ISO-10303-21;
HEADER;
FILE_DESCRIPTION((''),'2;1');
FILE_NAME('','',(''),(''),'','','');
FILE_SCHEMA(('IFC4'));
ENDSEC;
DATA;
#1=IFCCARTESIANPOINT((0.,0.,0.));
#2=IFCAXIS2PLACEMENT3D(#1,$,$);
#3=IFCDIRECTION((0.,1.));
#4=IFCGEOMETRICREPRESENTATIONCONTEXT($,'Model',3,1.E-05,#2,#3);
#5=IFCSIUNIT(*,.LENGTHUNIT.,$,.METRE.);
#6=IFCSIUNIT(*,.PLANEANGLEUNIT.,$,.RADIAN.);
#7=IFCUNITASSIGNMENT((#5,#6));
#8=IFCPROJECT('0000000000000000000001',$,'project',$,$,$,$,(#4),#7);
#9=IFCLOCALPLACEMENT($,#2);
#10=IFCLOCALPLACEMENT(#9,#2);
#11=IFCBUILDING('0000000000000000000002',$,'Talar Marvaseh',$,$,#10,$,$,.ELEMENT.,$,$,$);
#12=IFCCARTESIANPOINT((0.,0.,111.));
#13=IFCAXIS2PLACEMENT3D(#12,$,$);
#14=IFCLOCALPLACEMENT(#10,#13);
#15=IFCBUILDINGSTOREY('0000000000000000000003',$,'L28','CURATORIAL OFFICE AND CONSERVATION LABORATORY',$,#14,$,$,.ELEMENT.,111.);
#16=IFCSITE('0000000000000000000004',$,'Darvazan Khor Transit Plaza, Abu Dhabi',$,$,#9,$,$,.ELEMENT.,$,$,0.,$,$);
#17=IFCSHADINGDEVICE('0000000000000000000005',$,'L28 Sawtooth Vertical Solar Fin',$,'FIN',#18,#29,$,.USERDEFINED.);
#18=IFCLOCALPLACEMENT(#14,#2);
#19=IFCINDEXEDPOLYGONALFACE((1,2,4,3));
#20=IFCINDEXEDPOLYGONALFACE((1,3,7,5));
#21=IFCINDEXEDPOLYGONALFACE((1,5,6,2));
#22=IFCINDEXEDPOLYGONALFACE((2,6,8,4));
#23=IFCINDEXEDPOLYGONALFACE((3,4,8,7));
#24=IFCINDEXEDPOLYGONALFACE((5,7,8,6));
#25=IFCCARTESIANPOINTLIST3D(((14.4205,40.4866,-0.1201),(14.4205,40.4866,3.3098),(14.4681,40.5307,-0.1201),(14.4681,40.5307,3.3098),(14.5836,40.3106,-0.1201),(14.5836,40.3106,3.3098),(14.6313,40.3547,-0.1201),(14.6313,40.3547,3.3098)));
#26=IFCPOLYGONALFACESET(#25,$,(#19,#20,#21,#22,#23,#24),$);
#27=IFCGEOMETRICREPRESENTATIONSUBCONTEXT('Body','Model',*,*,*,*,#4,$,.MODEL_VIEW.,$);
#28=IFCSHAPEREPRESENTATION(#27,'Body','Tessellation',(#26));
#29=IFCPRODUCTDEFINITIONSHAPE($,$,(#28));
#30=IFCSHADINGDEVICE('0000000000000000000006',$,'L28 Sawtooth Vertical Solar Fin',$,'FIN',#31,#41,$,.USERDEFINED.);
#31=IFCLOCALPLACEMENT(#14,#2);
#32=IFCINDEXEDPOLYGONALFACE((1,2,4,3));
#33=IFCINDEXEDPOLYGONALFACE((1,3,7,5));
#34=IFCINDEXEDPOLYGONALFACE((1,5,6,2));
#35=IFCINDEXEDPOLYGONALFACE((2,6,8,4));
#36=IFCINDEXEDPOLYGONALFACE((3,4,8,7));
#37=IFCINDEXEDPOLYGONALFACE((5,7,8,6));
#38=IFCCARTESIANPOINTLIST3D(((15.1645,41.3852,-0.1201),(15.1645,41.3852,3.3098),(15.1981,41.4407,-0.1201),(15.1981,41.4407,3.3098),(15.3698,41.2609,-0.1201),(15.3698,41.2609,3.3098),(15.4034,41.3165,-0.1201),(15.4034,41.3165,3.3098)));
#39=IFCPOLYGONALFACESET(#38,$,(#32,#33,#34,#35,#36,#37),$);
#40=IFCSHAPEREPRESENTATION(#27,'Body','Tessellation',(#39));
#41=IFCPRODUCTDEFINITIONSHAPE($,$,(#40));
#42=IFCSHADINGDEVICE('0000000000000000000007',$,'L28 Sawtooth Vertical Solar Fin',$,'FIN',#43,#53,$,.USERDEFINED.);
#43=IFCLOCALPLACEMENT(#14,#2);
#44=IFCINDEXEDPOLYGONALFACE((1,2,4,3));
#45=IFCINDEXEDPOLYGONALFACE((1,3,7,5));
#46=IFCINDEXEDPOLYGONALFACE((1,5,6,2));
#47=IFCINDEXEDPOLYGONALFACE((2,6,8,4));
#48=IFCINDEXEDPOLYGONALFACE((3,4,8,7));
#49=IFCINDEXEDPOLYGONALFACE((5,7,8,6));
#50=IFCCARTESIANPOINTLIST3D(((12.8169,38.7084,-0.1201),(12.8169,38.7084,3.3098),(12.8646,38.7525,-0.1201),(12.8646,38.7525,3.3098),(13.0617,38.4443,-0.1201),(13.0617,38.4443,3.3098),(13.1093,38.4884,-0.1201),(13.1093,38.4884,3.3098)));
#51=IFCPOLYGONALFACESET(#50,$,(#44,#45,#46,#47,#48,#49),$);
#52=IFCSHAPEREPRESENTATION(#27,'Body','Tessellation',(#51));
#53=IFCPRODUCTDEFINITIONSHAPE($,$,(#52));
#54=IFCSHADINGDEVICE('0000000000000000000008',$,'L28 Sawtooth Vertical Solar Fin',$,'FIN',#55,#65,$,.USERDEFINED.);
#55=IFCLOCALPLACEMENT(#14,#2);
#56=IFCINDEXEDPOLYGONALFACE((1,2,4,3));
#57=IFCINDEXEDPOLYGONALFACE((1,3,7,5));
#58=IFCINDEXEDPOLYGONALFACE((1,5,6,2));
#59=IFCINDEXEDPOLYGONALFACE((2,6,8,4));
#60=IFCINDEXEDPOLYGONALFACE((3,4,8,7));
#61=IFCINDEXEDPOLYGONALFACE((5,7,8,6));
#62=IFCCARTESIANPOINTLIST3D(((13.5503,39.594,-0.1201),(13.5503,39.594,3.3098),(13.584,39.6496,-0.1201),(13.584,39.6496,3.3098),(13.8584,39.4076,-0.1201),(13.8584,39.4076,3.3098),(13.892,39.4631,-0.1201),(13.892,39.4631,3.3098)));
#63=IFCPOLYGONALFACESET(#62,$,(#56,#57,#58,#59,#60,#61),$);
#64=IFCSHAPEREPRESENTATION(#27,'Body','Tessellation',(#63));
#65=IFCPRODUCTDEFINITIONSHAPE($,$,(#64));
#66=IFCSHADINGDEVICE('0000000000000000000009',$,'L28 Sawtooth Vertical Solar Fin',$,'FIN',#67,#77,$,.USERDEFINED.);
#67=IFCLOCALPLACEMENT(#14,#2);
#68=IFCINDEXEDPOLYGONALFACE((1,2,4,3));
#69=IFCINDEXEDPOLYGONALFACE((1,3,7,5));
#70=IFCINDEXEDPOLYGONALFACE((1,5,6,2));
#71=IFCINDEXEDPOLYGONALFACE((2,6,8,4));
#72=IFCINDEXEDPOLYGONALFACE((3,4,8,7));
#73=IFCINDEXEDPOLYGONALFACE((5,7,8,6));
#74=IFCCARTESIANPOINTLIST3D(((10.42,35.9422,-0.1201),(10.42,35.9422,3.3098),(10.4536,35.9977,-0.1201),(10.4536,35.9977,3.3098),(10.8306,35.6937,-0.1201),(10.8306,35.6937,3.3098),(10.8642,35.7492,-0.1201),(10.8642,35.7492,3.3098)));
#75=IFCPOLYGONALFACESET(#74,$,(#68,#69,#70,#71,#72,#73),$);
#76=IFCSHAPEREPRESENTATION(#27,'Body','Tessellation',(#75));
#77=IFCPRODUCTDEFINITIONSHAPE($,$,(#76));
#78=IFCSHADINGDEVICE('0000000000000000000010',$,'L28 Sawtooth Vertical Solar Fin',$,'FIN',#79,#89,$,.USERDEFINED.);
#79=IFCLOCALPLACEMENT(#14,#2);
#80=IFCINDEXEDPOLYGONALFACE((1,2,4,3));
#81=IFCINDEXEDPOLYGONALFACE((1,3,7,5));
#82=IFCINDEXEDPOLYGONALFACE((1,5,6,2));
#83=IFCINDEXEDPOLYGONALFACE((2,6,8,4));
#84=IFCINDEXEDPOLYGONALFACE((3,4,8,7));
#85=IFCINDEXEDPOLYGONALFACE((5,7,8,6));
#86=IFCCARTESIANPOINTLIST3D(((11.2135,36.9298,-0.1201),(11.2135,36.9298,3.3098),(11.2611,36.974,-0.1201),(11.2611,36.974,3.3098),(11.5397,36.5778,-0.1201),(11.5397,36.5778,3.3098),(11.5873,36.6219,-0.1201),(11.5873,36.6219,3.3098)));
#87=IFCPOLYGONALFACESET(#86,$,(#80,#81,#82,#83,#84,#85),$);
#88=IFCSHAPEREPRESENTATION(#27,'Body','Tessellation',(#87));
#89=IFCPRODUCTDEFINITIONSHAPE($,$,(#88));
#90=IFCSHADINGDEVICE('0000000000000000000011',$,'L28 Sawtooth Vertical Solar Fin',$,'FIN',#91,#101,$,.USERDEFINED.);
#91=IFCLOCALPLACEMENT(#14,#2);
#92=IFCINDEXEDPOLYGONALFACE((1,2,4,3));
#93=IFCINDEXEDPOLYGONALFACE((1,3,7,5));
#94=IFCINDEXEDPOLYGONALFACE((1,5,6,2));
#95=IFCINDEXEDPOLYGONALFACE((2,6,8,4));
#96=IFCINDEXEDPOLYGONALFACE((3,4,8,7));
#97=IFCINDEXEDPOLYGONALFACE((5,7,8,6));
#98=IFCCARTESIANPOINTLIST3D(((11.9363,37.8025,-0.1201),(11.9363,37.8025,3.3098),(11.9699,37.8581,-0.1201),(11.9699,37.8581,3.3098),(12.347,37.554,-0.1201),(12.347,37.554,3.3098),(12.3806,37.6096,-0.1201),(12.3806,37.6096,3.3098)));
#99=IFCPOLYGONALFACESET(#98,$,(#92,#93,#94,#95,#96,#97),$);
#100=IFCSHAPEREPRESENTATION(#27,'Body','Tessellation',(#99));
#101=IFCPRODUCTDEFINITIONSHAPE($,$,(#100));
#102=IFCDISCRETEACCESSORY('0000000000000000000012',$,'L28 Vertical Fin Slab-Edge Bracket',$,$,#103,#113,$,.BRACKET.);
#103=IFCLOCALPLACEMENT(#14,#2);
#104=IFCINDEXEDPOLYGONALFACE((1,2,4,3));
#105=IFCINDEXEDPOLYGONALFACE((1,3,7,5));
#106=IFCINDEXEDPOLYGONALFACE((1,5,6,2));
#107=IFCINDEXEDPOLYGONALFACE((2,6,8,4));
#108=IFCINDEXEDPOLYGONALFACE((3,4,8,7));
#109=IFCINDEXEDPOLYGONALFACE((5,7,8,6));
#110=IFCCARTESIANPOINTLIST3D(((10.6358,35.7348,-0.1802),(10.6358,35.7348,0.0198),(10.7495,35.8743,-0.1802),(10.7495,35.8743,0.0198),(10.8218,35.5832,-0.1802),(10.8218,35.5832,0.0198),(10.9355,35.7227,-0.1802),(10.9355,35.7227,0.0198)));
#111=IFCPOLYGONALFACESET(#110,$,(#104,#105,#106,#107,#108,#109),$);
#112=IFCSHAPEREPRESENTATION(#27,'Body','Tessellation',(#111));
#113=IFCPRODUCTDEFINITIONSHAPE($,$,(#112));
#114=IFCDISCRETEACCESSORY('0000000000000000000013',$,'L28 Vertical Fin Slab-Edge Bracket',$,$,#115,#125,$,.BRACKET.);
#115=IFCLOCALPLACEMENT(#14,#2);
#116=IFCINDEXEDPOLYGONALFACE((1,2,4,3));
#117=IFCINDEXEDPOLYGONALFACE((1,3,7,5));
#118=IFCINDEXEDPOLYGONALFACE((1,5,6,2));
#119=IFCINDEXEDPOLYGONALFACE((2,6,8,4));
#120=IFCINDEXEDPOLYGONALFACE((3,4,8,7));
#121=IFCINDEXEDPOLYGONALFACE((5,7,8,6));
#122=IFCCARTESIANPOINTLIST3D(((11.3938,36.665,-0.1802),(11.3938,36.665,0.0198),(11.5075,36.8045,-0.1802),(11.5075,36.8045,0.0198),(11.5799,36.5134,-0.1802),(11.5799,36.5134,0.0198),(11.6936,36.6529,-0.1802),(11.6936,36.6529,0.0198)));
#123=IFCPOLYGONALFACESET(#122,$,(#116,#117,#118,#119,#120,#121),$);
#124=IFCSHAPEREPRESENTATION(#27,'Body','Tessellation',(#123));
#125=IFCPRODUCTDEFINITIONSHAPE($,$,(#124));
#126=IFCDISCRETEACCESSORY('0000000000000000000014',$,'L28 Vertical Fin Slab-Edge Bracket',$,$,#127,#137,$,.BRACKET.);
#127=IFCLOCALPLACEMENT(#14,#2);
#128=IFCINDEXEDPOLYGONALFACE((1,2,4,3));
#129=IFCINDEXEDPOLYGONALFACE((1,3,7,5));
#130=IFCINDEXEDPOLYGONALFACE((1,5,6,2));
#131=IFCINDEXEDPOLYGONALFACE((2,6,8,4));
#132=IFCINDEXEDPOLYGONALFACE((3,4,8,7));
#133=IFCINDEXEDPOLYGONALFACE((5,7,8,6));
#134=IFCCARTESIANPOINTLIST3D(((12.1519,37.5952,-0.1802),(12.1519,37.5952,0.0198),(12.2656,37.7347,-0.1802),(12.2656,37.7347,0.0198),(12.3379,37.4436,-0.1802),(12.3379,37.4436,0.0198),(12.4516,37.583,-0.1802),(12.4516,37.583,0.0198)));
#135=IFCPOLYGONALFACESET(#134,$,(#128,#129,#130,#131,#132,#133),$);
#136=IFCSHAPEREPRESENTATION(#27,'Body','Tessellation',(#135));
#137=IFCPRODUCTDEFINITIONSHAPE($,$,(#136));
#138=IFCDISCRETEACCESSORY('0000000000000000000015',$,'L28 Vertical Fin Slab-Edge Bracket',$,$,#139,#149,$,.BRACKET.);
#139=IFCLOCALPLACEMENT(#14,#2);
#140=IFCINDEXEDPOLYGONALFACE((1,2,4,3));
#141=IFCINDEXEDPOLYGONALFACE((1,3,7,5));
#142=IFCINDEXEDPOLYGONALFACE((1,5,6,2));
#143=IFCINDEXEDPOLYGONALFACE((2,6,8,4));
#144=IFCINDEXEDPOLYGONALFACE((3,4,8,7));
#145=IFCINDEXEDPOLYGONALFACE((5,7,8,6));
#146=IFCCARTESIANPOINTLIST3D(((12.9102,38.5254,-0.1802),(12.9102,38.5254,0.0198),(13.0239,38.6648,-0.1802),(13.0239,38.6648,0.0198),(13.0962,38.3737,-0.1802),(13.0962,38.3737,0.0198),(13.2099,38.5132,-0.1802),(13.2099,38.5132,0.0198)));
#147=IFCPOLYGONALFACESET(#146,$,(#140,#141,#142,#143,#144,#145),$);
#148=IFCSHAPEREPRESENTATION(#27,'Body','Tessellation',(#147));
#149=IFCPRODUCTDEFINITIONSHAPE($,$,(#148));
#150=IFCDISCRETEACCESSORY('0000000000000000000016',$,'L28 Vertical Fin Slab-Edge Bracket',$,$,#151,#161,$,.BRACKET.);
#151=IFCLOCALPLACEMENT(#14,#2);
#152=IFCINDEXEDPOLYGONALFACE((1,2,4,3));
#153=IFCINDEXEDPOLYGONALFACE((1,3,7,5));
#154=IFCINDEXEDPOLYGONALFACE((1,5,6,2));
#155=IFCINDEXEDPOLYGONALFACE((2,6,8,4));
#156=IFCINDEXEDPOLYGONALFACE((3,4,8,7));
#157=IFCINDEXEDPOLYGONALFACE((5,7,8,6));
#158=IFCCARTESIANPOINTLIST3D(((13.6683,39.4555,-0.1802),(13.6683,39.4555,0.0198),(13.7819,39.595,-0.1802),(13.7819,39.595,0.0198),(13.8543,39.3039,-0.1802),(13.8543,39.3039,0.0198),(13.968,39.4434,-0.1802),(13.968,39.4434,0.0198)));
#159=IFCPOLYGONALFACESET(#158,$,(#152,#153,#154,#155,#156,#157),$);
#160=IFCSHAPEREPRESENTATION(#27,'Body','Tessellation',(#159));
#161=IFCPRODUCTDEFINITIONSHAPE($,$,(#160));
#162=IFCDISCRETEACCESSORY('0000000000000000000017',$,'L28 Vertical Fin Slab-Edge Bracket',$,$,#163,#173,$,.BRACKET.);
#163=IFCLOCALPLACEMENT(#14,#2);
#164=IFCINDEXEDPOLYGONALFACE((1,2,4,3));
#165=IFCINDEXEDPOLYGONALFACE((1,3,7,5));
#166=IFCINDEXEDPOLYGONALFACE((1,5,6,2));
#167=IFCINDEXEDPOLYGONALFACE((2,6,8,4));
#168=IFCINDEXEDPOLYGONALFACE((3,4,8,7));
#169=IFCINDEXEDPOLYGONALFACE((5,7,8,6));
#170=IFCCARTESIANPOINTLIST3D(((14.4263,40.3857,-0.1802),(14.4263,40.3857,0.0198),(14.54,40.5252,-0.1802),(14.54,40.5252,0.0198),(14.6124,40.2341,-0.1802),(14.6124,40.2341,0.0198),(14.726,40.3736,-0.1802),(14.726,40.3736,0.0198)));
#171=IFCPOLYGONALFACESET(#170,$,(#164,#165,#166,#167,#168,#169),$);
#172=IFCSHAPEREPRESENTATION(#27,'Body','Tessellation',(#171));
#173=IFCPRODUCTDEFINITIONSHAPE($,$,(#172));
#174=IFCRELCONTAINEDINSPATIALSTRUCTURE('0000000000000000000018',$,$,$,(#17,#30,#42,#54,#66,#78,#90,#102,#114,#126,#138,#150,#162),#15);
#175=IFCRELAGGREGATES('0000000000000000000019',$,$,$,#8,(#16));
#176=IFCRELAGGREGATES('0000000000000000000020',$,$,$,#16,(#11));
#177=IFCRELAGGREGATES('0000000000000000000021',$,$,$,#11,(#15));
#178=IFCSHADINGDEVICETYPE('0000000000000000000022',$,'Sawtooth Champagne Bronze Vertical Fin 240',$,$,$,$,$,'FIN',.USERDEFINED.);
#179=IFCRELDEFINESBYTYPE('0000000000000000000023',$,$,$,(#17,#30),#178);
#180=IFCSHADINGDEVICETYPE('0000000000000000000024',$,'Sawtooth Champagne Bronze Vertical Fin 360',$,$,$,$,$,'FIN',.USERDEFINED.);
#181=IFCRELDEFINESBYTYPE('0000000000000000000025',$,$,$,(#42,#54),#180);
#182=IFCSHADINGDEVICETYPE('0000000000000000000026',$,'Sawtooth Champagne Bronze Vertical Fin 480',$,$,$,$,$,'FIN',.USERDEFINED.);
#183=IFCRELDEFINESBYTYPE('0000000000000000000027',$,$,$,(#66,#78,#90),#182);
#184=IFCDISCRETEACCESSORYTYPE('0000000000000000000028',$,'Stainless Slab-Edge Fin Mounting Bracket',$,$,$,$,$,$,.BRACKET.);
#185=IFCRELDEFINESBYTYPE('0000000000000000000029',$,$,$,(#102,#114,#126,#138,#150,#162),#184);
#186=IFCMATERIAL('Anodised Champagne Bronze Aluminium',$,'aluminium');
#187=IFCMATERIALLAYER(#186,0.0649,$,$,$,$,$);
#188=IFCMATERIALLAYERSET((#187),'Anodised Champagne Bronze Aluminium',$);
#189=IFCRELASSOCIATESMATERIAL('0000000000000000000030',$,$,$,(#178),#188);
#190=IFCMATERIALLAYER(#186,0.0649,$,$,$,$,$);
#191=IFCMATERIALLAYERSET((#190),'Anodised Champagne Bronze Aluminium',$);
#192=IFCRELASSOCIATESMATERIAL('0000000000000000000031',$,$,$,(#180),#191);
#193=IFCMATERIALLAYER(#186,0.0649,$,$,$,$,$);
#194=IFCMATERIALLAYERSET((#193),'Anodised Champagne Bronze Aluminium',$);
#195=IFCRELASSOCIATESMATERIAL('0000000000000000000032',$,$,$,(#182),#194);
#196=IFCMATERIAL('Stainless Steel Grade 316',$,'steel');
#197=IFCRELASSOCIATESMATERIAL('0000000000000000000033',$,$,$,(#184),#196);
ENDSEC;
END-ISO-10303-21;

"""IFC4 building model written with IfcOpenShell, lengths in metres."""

from ifc_helpers import new_model, si_unit, direction, frame, origin, origin_2d, place, context, subcontext, project, spatial, rectangle, extrude, source, transform, mapped, material, layer, layer_set, type_object, type_shapes, element, save


model = new_model("IFC4")

# Units and contexts
model_context = context("Model", 3, precision=1e-05, world=origin(), true_north=direction((0.0, 1.0)))
body_context = subcontext(model_context, "Body", "Model", "MODEL_VIEW")
ifc_project = project(units=[si_unit("LENGTHUNIT", "METRE"), si_unit("PLANEANGLEUNIT", "RADIAN")], contexts=[model_context])

# Site, building, storey
site_placement = place(None, origin())
site = spatial("IfcSite", under=ifc_project, at=site_placement, Name="Darvazan Khor Transit Plaza, Abu Dhabi", CompositionType="ELEMENT", RefElevation=0.0)
building_placement = place(site_placement, origin())
building = spatial("IfcBuilding", under=site, at=building_placement, Name="Talar Marvaseh", CompositionType="ELEMENT")
storey_placement = place(building_placement, frame((0.0, 0.0, 111.0)))
storey = spatial("IfcBuildingStorey", under=building, at=storey_placement, Name="L28", Description="CURATORIAL OFFICE AND CONSERVATION LABORATORY", CompositionType="ELEMENT", Elevation=111.0)

# Shading devices
ifc_material_1 = material(Name="Anodised Champagne Bronze Aluminium", Category="aluminium")
ifc_layer_1 = layer(ifc_material_1, 0.0649)
ifc_layer_set_1 = layer_set([ifc_layer_1], Name="Anodised Champagne Bronze Aluminium")
shading_device_type_1 = type_object("IfcShadingDeviceType", Name="Sawtooth Champagne Bronze Vertical Fin 240", ElementType="FIN", PredefinedType="USERDEFINED", material=ifc_layer_set_1)
shared_shape_1 = source(origin(), body_context, "Body", "SweptSolid", [
    extrude(rectangle(XDim=0.24, YDim=0.0649, at=origin_2d()), origin(), (0.0, 0.0, 1.0), 3.4299),
])
type_shapes(shading_device_type_1, [shared_shape_1])
for number, where, z_axis, x_axis, name in (
    (1, (14.5259, 40.4207, -0.1201), (0.0, 0.0, 1.0), (-0.679697, 0.733493, 0.0), "L28 Sawtooth Vertical Solar Fin"),
    (2, (15.2839, 41.3508, -0.1201), (0.0, 0.0, 1.0), (-0.855545, 0.517728, 0.0), "L28 Sawtooth Vertical Solar Fin"),
):
    element("IfcShadingDevice", number, at=place(storey_placement, frame(where, z_axis=z_axis, x_axis=x_axis)), inside=storey, type_object=shading_device_type_1, Name=name, ObjectType="FIN", PredefinedType="USERDEFINED", context=body_context, shape_type="MappedRepresentation", body=[
        mapped(shared_shape_1, transform((0.0, 0.0, 0.0), x_axis=(1.0, 0.0, 0.0), y_axis=(0.0, 1.0, 0.0), z_axis=(0.0, 0.0, 1.0), scale=1.0)),
    ])
ifc_layer_2 = layer(ifc_material_1, 0.0649)
ifc_layer_set_2 = layer_set([ifc_layer_2], Name="Anodised Champagne Bronze Aluminium")
shading_device_type_2 = type_object("IfcShadingDeviceType", Name="Sawtooth Champagne Bronze Vertical Fin 360", ElementType="FIN", PredefinedType="USERDEFINED", material=ifc_layer_set_2)
shared_shape_2 = source(origin(), body_context, "Body", "SweptSolid", [
    extrude(rectangle(XDim=0.3601, YDim=0.0649, at=origin_2d()), origin(), (0.0, 0.0, 1.0), 3.4299),
])
type_shapes(shading_device_type_2, [shared_shape_2])
for number, where, z_axis, x_axis, name in (
    (3, (12.9631, 38.5984, -0.1201), (0.0, 0.0, 1.0), (-0.679697, 0.733493, 0.0), "L28 Sawtooth Vertical Solar Fin"),
    (4, (13.7212, 39.5286, -0.1201), (0.0, 0.0, 1.0), (-0.855545, 0.517728, 0.0), "L28 Sawtooth Vertical Solar Fin"),
):
    element("IfcShadingDevice", number, at=place(storey_placement, frame(where, z_axis=z_axis, x_axis=x_axis)), inside=storey, type_object=shading_device_type_2, Name=name, ObjectType="FIN", PredefinedType="USERDEFINED", context=body_context, shape_type="MappedRepresentation", body=[
        mapped(shared_shape_2, transform((0.0, 0.0, 0.0), x_axis=(1.0, 0.0, 0.0), y_axis=(0.0, 1.0, 0.0), z_axis=(0.0, 0.0, 1.0), scale=1.0)),
    ])
ifc_layer_3 = layer(ifc_material_1, 0.0649)
ifc_layer_set_3 = layer_set([ifc_layer_3], Name="Anodised Champagne Bronze Aluminium")
shading_device_type_3 = type_object("IfcShadingDeviceType", Name="Sawtooth Champagne Bronze Vertical Fin 480", ElementType="FIN", PredefinedType="USERDEFINED", material=ifc_layer_set_3)
shared_shape_3 = source(origin(), body_context, "Body", "SweptSolid", [
    extrude(rectangle(XDim=0.48, YDim=0.0649, at=origin_2d()), origin(), (0.0, 0.0, 1.0), 3.4299),
])
type_shapes(shading_device_type_3, [shared_shape_3])
for number, where, z_axis, x_axis, name in (
    (5, (10.6421, 35.8457, -0.1201), (0.0, 0.0, 1.0), (-0.855545, 0.517728, 0.0), "L28 Sawtooth Vertical Solar Fin"),
    (6, (11.4004, 36.7759, -0.1201), (0.0, 0.0, 1.0), (-0.679697, 0.733493, 0.0), "L28 Sawtooth Vertical Solar Fin"),
    (7, (12.1584, 37.7061, -0.1201), (0.0, 0.0, 1.0), (-0.855545, 0.517728, 0.0), "L28 Sawtooth Vertical Solar Fin"),
):
    element("IfcShadingDevice", number, at=place(storey_placement, frame(where, z_axis=z_axis, x_axis=x_axis)), inside=storey, type_object=shading_device_type_3, Name=name, ObjectType="FIN", PredefinedType="USERDEFINED", context=body_context, shape_type="MappedRepresentation", body=[
        mapped(shared_shape_3, transform((0.0, 0.0, 0.0), x_axis=(1.0, 0.0, 0.0), y_axis=(0.0, 1.0, 0.0), z_axis=(0.0, 0.0, 1.0), scale=1.0)),
    ])

# Discrete accessories
ifc_material_2 = material(Name="Stainless Steel Grade 316", Category="steel")
discrete_accessory_type = type_object("IfcDiscreteAccessoryType", Name="Stainless Slab-Edge Fin Mounting Bracket", PredefinedType="BRACKET", material=ifc_material_2)
shared_shape_4 = source(origin(), body_context, "Body", "SweptSolid", [
    extrude(rectangle(XDim=0.24, YDim=0.1799, at=origin_2d()), origin(), (0.0, 0.0, 1.0), 0.2),
])
type_shapes(discrete_accessory_type, [shared_shape_4])
for number, where, z_axis, x_axis, name in (
    (8, (10.7856, 35.7288, -0.1802), (0.0, 0.0, 1.0), (-0.775165, 0.631759, 0.0), "L28 Vertical Fin Slab-Edge Bracket"),
    (9, (11.5437, 36.6589, -0.1802), (0.0, 0.0, 1.0), (-0.775165, 0.631759, 0.0), "L28 Vertical Fin Slab-Edge Bracket"),
    (10, (12.3018, 37.5891, -0.1802), (0.0, 0.0, 1.0), (-0.775165, 0.631759, 0.0), "L28 Vertical Fin Slab-Edge Bracket"),
    (11, (13.0601, 38.5193, -0.1802), (0.0, 0.0, 1.0), (-0.775165, 0.631759, 0.0), "L28 Vertical Fin Slab-Edge Bracket"),
    (12, (13.8181, 39.4495, -0.1802), (0.0, 0.0, 1.0), (-0.775165, 0.631759, 0.0), "L28 Vertical Fin Slab-Edge Bracket"),
    (13, (14.5762, 40.3796, -0.1802), (0.0, 0.0, 1.0), (-0.775165, 0.631759, 0.0), "L28 Vertical Fin Slab-Edge Bracket"),
):
    element("IfcDiscreteAccessory", number, at=place(storey_placement, frame(where, z_axis=z_axis, x_axis=x_axis)), inside=storey, type_object=discrete_accessory_type, Name=name, PredefinedType="BRACKET", context=body_context, shape_type="MappedRepresentation", body=[
        mapped(shared_shape_4, transform((0.0, 0.0, 0.0), x_axis=(1.0, 0.0, 0.0), y_axis=(0.0, 1.0, 0.0), z_axis=(0.0, 0.0, 1.0), scale=1.0)),
    ])

save(model, "model.ifc")
